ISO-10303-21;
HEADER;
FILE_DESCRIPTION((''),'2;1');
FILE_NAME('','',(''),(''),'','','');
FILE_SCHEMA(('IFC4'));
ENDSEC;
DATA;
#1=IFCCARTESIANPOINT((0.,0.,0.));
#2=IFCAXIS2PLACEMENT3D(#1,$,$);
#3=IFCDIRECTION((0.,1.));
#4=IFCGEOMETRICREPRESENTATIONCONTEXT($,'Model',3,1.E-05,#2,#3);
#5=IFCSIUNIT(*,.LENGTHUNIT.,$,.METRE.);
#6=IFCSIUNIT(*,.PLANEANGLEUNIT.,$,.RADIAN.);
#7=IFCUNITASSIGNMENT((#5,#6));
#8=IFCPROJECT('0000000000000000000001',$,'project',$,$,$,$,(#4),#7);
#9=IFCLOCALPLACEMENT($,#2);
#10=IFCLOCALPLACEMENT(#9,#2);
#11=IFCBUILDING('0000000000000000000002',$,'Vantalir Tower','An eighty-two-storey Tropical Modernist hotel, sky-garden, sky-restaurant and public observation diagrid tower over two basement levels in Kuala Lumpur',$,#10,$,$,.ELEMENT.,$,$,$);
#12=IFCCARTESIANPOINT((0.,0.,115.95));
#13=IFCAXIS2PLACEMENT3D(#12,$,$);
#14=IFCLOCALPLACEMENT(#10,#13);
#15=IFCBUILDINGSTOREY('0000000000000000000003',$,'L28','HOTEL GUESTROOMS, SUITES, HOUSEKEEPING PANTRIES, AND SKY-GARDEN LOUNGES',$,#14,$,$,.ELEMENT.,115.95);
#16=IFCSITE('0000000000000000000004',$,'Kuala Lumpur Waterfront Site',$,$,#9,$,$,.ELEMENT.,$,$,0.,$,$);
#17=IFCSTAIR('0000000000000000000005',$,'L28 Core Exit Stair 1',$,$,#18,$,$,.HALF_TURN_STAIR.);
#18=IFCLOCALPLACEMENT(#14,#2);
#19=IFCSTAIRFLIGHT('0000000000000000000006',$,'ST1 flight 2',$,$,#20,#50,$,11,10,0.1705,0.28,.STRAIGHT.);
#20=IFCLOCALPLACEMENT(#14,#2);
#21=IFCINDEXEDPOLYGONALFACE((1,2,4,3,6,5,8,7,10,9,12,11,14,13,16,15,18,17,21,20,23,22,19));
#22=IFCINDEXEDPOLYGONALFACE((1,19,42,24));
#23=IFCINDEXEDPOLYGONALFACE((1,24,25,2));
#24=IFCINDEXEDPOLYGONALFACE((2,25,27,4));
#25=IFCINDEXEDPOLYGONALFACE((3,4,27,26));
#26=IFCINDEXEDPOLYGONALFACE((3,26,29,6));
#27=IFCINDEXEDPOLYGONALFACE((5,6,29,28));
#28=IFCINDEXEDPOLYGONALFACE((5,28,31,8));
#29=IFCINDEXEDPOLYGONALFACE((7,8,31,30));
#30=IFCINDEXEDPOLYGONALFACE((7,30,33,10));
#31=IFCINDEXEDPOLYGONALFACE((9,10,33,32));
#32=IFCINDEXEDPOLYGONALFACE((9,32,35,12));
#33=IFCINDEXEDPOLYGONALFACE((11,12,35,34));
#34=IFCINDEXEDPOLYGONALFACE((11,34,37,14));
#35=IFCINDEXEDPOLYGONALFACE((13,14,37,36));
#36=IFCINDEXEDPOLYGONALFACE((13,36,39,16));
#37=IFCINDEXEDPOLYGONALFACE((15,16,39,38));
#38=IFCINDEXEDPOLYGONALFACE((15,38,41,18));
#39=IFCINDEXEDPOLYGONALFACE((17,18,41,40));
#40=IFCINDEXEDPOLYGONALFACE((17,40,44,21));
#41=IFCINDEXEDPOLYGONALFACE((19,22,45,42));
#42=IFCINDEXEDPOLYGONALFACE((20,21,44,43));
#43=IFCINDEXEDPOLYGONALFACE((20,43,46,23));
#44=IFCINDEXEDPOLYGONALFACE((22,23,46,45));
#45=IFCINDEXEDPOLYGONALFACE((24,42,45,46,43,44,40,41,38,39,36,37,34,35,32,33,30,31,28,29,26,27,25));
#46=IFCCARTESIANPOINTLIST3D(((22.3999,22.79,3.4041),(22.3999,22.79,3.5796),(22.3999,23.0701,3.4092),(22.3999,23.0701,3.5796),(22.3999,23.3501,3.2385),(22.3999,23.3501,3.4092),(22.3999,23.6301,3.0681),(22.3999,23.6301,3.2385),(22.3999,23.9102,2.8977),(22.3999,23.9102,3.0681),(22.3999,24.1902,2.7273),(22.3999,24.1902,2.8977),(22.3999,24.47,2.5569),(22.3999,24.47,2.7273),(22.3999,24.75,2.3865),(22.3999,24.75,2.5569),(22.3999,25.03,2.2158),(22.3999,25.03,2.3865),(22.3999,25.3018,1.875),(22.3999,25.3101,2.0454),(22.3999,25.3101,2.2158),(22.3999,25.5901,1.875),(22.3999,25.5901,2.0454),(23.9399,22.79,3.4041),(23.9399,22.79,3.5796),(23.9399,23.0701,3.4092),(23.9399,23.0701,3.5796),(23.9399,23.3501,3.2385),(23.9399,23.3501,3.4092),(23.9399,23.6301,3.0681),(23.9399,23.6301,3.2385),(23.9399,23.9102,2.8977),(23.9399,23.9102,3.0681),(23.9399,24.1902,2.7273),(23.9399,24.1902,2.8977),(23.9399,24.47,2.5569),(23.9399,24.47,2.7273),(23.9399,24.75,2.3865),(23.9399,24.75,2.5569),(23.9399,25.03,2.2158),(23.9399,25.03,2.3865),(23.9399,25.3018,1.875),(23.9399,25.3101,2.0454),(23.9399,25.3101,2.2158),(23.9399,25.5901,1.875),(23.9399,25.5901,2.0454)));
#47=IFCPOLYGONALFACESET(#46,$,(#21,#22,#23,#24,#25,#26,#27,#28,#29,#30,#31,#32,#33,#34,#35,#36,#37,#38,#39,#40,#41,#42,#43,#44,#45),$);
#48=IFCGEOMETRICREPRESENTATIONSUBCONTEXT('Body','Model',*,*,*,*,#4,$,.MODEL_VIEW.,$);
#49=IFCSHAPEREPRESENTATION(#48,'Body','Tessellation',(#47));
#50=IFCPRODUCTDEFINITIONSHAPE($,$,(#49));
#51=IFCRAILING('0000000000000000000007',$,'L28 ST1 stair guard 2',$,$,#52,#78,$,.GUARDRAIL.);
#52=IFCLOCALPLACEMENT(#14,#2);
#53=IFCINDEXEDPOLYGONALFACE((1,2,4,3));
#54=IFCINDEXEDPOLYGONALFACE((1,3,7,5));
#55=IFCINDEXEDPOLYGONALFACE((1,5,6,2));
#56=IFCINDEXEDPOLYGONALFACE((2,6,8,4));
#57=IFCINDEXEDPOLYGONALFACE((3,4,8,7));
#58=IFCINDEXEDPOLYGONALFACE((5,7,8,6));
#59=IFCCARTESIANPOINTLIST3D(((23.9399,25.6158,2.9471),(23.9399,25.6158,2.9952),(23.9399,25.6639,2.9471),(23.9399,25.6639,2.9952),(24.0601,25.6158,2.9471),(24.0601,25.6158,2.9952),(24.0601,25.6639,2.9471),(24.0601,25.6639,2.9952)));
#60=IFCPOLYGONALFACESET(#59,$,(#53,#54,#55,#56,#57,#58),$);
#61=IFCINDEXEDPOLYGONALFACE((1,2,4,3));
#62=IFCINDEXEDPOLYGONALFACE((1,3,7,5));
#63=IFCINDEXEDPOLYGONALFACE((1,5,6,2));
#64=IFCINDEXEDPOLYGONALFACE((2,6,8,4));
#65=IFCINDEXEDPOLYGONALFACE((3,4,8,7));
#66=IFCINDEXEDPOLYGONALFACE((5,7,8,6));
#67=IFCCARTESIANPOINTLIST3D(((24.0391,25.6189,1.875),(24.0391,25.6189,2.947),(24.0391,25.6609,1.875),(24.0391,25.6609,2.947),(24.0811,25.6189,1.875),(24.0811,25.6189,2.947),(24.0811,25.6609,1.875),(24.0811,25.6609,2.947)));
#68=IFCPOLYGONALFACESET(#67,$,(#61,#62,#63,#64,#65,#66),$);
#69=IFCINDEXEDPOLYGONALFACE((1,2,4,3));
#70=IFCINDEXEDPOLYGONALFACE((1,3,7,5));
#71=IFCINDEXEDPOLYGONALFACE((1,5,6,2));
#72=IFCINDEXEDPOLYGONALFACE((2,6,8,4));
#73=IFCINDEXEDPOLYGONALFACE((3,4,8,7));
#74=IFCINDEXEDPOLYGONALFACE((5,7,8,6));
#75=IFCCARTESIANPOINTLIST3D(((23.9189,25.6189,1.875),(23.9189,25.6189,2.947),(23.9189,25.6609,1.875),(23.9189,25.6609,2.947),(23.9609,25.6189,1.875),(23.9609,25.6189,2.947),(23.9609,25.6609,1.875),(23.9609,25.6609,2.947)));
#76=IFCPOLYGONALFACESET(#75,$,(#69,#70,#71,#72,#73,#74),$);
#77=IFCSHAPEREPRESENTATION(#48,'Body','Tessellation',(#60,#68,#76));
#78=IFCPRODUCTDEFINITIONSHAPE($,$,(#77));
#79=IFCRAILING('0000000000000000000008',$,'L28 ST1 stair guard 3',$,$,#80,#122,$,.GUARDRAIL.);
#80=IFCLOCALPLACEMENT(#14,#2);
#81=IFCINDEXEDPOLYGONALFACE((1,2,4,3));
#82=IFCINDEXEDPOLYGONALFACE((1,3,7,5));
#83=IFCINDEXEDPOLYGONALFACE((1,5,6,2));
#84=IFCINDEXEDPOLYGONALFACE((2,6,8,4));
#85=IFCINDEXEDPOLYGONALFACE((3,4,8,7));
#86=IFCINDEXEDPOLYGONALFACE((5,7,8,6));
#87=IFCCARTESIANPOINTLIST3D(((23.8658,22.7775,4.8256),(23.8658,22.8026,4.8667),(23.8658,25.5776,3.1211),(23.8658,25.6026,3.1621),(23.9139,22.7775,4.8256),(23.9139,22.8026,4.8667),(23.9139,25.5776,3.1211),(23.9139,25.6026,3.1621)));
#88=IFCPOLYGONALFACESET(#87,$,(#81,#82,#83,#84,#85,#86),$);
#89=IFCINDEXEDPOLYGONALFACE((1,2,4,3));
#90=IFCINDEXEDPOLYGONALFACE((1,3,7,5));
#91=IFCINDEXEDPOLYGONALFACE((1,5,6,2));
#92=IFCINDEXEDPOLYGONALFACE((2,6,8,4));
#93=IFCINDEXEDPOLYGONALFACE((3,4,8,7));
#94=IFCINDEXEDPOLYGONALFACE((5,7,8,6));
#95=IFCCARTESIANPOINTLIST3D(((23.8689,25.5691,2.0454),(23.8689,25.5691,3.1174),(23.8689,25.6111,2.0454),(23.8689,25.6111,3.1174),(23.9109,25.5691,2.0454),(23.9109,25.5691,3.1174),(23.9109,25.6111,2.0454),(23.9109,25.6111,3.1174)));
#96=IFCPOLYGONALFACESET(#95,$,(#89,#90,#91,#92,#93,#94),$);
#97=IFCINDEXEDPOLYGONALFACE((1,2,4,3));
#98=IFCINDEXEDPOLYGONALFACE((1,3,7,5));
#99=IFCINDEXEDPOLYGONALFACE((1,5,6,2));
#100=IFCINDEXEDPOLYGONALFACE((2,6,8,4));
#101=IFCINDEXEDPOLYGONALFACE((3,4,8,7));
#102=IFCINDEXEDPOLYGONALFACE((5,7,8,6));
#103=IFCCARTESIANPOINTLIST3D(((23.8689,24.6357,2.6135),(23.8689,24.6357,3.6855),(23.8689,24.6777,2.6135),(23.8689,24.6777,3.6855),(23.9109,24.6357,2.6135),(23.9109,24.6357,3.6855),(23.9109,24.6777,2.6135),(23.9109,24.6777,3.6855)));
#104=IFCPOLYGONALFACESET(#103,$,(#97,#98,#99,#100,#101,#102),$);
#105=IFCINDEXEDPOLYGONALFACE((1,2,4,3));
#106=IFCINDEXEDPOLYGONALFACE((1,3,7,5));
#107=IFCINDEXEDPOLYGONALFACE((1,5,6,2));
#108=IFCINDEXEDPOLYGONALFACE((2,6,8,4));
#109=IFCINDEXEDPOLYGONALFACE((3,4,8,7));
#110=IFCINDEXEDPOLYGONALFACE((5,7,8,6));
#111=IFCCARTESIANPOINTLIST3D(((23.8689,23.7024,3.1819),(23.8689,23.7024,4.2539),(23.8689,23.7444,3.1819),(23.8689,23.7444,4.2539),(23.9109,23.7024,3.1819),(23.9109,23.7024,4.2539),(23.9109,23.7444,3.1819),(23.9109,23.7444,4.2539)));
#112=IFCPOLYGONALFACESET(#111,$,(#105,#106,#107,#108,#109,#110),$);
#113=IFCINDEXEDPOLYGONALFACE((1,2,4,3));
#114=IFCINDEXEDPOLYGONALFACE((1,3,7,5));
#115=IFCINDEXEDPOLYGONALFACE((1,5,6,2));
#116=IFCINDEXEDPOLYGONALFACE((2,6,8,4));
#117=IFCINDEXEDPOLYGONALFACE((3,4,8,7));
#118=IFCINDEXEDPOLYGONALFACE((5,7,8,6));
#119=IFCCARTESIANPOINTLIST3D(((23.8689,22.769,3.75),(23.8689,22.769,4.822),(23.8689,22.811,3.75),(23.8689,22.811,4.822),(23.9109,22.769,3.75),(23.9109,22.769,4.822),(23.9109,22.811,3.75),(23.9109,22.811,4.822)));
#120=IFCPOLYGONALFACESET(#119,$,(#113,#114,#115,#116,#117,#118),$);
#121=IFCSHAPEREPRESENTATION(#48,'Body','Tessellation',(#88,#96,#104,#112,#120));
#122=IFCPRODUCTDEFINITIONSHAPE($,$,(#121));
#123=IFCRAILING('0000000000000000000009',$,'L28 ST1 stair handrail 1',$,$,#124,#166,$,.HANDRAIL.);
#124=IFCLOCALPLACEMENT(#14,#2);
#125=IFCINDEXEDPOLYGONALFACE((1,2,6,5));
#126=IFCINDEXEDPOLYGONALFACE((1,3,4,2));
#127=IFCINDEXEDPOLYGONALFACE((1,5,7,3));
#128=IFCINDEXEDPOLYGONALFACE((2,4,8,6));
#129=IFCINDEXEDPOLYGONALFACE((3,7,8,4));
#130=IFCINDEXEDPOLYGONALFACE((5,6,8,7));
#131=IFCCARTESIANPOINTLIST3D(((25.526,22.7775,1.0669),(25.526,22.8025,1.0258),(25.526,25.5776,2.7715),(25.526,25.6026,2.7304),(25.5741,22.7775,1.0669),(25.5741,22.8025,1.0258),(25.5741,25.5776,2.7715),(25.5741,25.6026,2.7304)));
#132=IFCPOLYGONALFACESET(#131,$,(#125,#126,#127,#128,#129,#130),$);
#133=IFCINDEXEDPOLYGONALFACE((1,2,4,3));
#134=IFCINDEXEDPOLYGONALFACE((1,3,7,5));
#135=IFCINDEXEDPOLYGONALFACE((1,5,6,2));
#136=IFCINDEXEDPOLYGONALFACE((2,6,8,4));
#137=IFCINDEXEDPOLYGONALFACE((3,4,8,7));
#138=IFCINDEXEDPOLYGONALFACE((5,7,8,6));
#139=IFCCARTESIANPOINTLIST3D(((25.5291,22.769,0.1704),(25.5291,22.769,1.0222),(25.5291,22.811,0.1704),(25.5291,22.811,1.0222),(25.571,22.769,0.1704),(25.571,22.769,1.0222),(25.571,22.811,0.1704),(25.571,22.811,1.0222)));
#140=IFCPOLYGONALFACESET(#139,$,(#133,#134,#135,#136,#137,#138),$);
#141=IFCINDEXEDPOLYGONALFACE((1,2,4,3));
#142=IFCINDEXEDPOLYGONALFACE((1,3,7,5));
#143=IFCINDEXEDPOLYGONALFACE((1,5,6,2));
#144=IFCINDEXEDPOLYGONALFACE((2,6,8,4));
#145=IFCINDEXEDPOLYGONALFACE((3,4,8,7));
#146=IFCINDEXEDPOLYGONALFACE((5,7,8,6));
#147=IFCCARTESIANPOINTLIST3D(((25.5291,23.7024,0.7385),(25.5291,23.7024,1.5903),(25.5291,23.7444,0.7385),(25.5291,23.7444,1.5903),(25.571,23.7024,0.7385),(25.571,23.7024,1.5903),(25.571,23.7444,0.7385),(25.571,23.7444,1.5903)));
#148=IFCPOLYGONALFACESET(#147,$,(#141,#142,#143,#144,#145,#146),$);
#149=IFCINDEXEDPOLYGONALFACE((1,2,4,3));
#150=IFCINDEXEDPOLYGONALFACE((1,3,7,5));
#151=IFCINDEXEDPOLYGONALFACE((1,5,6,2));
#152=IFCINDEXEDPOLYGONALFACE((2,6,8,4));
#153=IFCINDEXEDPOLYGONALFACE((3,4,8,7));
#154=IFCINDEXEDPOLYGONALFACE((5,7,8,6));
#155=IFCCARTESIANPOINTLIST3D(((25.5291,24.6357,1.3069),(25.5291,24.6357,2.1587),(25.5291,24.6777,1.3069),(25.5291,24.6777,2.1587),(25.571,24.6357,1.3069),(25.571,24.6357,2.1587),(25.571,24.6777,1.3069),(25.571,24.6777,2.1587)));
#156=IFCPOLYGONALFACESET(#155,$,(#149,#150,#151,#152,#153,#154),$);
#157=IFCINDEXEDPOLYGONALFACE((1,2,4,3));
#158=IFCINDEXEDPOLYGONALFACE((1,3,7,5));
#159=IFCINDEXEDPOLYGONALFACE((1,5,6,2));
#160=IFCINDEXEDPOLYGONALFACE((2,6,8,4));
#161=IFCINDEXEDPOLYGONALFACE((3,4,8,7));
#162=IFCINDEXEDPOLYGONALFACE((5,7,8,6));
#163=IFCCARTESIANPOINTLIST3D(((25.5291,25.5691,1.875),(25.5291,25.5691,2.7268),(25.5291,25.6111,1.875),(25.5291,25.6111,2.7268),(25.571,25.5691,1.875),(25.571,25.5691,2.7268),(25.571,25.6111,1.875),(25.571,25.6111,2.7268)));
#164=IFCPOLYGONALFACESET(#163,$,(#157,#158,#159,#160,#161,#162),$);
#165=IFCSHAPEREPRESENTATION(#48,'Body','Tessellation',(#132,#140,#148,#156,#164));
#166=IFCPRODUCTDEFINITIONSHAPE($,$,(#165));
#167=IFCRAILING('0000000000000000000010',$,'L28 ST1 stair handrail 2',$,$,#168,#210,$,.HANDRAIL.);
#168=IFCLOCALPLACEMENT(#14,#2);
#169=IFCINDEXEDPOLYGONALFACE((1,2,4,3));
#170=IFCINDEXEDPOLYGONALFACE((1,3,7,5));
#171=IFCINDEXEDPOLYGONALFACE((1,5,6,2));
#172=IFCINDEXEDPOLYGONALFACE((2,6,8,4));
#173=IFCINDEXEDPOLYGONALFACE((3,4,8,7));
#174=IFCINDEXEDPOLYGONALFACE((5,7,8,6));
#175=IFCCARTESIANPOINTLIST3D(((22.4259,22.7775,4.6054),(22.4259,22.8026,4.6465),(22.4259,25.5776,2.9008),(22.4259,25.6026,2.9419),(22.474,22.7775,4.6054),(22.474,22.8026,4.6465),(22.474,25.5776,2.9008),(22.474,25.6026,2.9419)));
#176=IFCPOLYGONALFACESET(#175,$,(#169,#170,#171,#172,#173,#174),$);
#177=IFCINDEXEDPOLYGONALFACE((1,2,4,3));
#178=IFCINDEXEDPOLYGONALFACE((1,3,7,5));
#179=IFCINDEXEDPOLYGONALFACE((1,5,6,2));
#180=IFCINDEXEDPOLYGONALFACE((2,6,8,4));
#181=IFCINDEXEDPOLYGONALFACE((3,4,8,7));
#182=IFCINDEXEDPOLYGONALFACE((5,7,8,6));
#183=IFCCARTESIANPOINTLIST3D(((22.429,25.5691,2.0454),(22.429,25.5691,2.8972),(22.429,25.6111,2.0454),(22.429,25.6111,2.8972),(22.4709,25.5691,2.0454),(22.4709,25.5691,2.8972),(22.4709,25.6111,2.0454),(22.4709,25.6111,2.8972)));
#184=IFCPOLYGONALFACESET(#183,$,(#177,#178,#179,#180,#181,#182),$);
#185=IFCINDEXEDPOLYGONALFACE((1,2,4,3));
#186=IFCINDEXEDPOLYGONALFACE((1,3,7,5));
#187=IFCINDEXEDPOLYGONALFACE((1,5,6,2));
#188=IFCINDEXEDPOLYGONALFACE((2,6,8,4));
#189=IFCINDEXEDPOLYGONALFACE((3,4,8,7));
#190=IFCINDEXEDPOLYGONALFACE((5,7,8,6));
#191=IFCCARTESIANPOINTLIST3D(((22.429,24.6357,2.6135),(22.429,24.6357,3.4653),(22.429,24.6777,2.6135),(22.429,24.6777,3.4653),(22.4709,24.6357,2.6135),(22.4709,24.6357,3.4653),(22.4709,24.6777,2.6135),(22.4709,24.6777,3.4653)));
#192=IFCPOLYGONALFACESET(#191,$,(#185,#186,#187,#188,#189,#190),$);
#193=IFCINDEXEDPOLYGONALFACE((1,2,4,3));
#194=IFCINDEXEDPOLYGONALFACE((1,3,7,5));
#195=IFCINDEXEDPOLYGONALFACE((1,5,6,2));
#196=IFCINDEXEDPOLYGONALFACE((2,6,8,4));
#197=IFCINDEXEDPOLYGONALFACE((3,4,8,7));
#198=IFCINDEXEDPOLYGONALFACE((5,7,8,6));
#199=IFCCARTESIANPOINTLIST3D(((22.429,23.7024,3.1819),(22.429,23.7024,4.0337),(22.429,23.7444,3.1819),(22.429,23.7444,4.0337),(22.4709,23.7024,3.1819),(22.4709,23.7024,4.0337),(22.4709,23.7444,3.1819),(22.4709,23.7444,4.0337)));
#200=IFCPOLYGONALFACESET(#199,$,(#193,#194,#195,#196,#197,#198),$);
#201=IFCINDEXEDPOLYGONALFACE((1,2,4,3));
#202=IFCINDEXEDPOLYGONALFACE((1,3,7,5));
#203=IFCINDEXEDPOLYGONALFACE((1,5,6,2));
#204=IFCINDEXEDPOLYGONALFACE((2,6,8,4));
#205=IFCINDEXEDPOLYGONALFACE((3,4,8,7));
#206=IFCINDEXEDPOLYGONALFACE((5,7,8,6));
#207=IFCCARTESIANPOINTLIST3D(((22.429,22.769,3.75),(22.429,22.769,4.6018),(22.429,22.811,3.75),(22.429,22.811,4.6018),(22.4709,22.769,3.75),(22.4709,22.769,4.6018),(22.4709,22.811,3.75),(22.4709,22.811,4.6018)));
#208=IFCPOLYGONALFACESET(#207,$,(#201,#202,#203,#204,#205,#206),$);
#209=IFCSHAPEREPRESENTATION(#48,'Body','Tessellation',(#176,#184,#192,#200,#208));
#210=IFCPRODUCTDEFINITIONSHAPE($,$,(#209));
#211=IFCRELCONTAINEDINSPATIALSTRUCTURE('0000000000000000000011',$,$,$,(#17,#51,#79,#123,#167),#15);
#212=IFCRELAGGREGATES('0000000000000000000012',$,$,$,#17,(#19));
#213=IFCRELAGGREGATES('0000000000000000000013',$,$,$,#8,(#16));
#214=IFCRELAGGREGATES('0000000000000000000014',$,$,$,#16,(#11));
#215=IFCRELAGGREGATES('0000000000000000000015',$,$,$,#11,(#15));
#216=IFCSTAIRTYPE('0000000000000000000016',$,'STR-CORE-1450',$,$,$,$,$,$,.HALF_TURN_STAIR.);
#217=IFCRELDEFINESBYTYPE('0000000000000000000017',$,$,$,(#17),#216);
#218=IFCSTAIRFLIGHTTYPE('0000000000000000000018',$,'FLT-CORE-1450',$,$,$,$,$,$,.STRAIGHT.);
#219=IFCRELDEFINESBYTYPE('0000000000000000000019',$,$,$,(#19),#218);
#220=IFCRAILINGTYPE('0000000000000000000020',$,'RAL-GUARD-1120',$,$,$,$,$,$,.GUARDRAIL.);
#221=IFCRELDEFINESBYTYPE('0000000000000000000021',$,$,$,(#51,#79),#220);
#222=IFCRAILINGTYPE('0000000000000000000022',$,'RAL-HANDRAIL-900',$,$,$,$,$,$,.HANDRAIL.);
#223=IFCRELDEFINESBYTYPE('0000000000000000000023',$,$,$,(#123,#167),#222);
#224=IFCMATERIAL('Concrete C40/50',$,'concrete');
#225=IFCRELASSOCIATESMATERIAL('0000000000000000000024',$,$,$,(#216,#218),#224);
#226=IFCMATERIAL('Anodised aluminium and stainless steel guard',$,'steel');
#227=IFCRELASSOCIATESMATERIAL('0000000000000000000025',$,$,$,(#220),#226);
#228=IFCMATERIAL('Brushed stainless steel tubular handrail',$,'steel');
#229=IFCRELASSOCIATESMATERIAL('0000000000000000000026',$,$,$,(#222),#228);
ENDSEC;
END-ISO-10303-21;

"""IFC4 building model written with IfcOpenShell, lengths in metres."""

from ifc_helpers import new_model, si_unit, direction, frame, origin, origin_2d, place, context, subcontext, project, spatial, polyline, rectangle, outline, extrude, material, type_object, element, aggregate, save


model = new_model("IFC4")

# Units and contexts
model_context = context("Model", 3, precision=1e-05, world=origin(), true_north=direction((0.0, 1.0)))
body_context = subcontext(model_context, "Body", "Model", "MODEL_VIEW")
ifc_project = project(units=[si_unit("LENGTHUNIT", "METRE"), si_unit("PLANEANGLEUNIT", "RADIAN")], contexts=[model_context])

# Site, building, storey
site_placement = place(None, origin())
site = spatial("IfcSite", under=ifc_project, at=site_placement, Name="Kuala Lumpur Waterfront Site", CompositionType="ELEMENT", RefElevation=0.0)
building_placement = place(site_placement, origin())
building = spatial("IfcBuilding", under=site, at=building_placement, Name="Vantalir Tower", Description="An eighty-two-storey Tropical Modernist hotel, sky-garden, sky-restaurant and public observation diagrid tower over two basement levels in Kuala Lumpur", CompositionType="ELEMENT")
storey_placement = place(building_placement, frame((0.0, 0.0, 115.95)))
storey = spatial("IfcBuildingStorey", under=building, at=storey_placement, Name="L28", Description="HOTEL GUESTROOMS, SUITES, HOUSEKEEPING PANTRIES, AND SKY-GARDEN LOUNGES", CompositionType="ELEMENT", Elevation=115.95)

# Stair, stair flight
ifc_material_1 = material(Name="Concrete C40/50", Category="concrete")
stair_type = type_object("IfcStairType", Name="STR-CORE-1450", PredefinedType="HALF_TURN_STAIR", material=ifc_material_1)
stair_placement = place(storey_placement, origin())
stair = element("IfcStair", 1, at=stair_placement, inside=storey, type_object=stair_type, Name="L28 Core Exit Stair 1", PredefinedType="HALF_TURN_STAIR")
stair_flight_type = type_object("IfcStairFlightType", Name="FLT-CORE-1450", PredefinedType="STRAIGHT", material=ifc_material_1)
stair_flight_1_placement = place(storey_placement, frame((23.1699, 25.5901, 1.875), z_axis=(0.0, 0.0, 1.0), x_axis=(0.0, -1.0, 0.0)))
stair_flight_1 = element("IfcStairFlight", 2, at=stair_flight_1_placement, type_object=stair_flight_type, Name="ST1 flight 2", NumberOfRisers=11, NumberOfTreads=10, PredefinedType="STRAIGHT", RiserHeight=0.1705, TreadLength=0.28, context=body_context, shape_type="SweptSolid", body=[
    extrude(outline(polyline([(0.0, 0.0), (0.0, 0.1704), (0.28, 0.1704), (0.28, 0.3408), (0.5601, 0.3408), (0.5601, 0.5115), (0.8401, 0.5115), (0.8401, 0.6819), (1.1201, 0.6819), (1.1201, 0.8523), (1.3999, 0.8523), (1.3999, 1.0227), (1.6799, 1.0227), (1.6799, 1.1931), (1.96, 1.1931), (1.96, 1.3635), (2.24, 1.3635), (2.24, 1.5342), (2.52, 1.5342), (2.52, 1.7046), (2.8, 1.7046), (2.8, 1.875), (2.8, 1.5291), (0.2883, 0.0), (0.0, 0.0)])), frame((0.0, 0.77, 0.0), z_axis=(0.0, -1.0, 0.0), x_axis=(1.0, 0.0, 0.0)), (0.0, 0.0, 1.0), 1.54),
])
aggregate(stair, [stair_flight_1])

# Railings
ifc_material_2 = material(Name="Anodised aluminium and stainless steel guard", Category="steel")
railing_type_1 = type_object("IfcRailingType", Name="RAL-GUARD-1120", PredefinedType="GUARDRAIL", material=ifc_material_2)
railing_1_placement = place(storey_placement, frame((24.0601, 25.6399, 1.875)))
element("IfcRailing", 3, at=railing_1_placement, inside=storey, type_object=railing_type_1, Name="L28 ST1 stair guard 2", PredefinedType="GUARDRAIL", context=body_context, shape_type="SweptSolid", body=[
    extrude(rectangle(XDim=0.0481, YDim=0.0481, at=origin_2d()), frame((0.0, 0.0, 1.0962), z_axis=(-1.0, 0.0, 0.0), x_axis=(0.0, -1.0, 0.0)), (0.0, 0.0, 1.0), 0.1201),
    extrude(rectangle(XDim=0.042, YDim=0.042, at=origin_2d()), origin(), (0.0, 0.0, 1.0), 1.072),
    extrude(rectangle(XDim=0.042, YDim=0.042, at=origin_2d()), frame((-0.1201, 0.0, 0.0)), (0.0, 0.0, 1.0), 1.072),
])
railing_2_placement = place(storey_placement, frame((23.8899, 25.5901, 2.0454)))
element("IfcRailing", 4, at=railing_2_placement, inside=storey, type_object=railing_type_1, Name="L28 ST1 stair guard 3", PredefinedType="GUARDRAIL", context=body_context, shape_type="SweptSolid", body=[
    extrude(rectangle(XDim=0.0481, YDim=0.0481, at=origin_2d()), frame((0.0, 0.0, 1.0962), z_axis=(0.0, -0.85417, 0.519994), x_axis=(1.0, 0.0, 0.0)), (0.0, 0.0, 1.0), 3.2781),
    extrude(rectangle(XDim=0.042, YDim=0.042, at=origin_2d()), origin(), (0.0, 0.0, 1.0), 1.072),
    extrude(rectangle(XDim=0.042, YDim=0.042, at=origin_2d()), frame((0.0, -0.9333, 0.5681)), (0.0, 0.0, 1.0), 1.072),
    extrude(rectangle(XDim=0.042, YDim=0.042, at=origin_2d()), frame((0.0, -1.8667, 1.1365)), (0.0, 0.0, 1.0), 1.072),
    extrude(rectangle(XDim=0.042, YDim=0.042, at=origin_2d()), frame((0.0, -2.8, 1.7046)), (0.0, 0.0, 1.0), 1.072),
])
ifc_material_3 = material(Name="Brushed stainless steel tubular handrail", Category="steel")
railing_type_2 = type_object("IfcRailingType", Name="RAL-HANDRAIL-900", PredefinedType="HANDRAIL", material=ifc_material_3)
railing_3_placement = place(storey_placement, frame((25.55, 22.79, 0.1704)))
element("IfcRailing", 5, at=railing_3_placement, inside=storey, type_object=railing_type_2, Name="L28 ST1 stair handrail 1", PredefinedType="HANDRAIL", context=body_context, shape_type="SweptSolid", body=[
    extrude(rectangle(XDim=0.0481, YDim=0.0481, at=origin_2d()), frame((0.0, 0.0, 0.876), z_axis=(0.0, 0.85417, 0.519994), x_axis=(-1.0, 0.0, 0.0)), (0.0, 0.0, 1.0), 3.2781),
    extrude(rectangle(XDim=0.042, YDim=0.042, at=origin_2d()), origin(), (0.0, 0.0, 1.0), 0.8518),
    extrude(rectangle(XDim=0.042, YDim=0.042, at=origin_2d()), frame((0.0, 0.9333, 0.5681)), (0.0, 0.0, 1.0), 0.8518),
    extrude(rectangle(XDim=0.042, YDim=0.042, at=origin_2d()), frame((0.0, 1.8667, 1.1365)), (0.0, 0.0, 1.0), 0.8518),
    extrude(rectangle(XDim=0.042, YDim=0.042, at=origin_2d()), frame((0.0, 2.8, 1.7046)), (0.0, 0.0, 1.0), 0.8518),
])
railing_4_placement = place(storey_placement, frame((22.45, 25.5901, 2.0454)))
element("IfcRailing", 6, at=railing_4_placement, inside=storey, type_object=railing_type_2, Name="L28 ST1 stair handrail 2", PredefinedType="HANDRAIL", context=body_context, shape_type="SweptSolid", body=[
    extrude(rectangle(XDim=0.0481, YDim=0.0481, at=origin_2d()), frame((0.0, 0.0, 0.876), z_axis=(0.0, -0.85417, 0.519994), x_axis=(1.0, 0.0, 0.0)), (0.0, 0.0, 1.0), 3.2781),
    extrude(rectangle(XDim=0.042, YDim=0.042, at=origin_2d()), origin(), (0.0, 0.0, 1.0), 0.8518),
    extrude(rectangle(XDim=0.042, YDim=0.042, at=origin_2d()), frame((0.0, -0.9333, 0.5681)), (0.0, 0.0, 1.0), 0.8518),
    extrude(rectangle(XDim=0.042, YDim=0.042, at=origin_2d()), frame((0.0, -1.8667, 1.1365)), (0.0, 0.0, 1.0), 0.8518),
    extrude(rectangle(XDim=0.042, YDim=0.042, at=origin_2d()), frame((0.0, -2.8, 1.7046)), (0.0, 0.0, 1.0), 0.8518),
])

save(model, "model.ifc")
